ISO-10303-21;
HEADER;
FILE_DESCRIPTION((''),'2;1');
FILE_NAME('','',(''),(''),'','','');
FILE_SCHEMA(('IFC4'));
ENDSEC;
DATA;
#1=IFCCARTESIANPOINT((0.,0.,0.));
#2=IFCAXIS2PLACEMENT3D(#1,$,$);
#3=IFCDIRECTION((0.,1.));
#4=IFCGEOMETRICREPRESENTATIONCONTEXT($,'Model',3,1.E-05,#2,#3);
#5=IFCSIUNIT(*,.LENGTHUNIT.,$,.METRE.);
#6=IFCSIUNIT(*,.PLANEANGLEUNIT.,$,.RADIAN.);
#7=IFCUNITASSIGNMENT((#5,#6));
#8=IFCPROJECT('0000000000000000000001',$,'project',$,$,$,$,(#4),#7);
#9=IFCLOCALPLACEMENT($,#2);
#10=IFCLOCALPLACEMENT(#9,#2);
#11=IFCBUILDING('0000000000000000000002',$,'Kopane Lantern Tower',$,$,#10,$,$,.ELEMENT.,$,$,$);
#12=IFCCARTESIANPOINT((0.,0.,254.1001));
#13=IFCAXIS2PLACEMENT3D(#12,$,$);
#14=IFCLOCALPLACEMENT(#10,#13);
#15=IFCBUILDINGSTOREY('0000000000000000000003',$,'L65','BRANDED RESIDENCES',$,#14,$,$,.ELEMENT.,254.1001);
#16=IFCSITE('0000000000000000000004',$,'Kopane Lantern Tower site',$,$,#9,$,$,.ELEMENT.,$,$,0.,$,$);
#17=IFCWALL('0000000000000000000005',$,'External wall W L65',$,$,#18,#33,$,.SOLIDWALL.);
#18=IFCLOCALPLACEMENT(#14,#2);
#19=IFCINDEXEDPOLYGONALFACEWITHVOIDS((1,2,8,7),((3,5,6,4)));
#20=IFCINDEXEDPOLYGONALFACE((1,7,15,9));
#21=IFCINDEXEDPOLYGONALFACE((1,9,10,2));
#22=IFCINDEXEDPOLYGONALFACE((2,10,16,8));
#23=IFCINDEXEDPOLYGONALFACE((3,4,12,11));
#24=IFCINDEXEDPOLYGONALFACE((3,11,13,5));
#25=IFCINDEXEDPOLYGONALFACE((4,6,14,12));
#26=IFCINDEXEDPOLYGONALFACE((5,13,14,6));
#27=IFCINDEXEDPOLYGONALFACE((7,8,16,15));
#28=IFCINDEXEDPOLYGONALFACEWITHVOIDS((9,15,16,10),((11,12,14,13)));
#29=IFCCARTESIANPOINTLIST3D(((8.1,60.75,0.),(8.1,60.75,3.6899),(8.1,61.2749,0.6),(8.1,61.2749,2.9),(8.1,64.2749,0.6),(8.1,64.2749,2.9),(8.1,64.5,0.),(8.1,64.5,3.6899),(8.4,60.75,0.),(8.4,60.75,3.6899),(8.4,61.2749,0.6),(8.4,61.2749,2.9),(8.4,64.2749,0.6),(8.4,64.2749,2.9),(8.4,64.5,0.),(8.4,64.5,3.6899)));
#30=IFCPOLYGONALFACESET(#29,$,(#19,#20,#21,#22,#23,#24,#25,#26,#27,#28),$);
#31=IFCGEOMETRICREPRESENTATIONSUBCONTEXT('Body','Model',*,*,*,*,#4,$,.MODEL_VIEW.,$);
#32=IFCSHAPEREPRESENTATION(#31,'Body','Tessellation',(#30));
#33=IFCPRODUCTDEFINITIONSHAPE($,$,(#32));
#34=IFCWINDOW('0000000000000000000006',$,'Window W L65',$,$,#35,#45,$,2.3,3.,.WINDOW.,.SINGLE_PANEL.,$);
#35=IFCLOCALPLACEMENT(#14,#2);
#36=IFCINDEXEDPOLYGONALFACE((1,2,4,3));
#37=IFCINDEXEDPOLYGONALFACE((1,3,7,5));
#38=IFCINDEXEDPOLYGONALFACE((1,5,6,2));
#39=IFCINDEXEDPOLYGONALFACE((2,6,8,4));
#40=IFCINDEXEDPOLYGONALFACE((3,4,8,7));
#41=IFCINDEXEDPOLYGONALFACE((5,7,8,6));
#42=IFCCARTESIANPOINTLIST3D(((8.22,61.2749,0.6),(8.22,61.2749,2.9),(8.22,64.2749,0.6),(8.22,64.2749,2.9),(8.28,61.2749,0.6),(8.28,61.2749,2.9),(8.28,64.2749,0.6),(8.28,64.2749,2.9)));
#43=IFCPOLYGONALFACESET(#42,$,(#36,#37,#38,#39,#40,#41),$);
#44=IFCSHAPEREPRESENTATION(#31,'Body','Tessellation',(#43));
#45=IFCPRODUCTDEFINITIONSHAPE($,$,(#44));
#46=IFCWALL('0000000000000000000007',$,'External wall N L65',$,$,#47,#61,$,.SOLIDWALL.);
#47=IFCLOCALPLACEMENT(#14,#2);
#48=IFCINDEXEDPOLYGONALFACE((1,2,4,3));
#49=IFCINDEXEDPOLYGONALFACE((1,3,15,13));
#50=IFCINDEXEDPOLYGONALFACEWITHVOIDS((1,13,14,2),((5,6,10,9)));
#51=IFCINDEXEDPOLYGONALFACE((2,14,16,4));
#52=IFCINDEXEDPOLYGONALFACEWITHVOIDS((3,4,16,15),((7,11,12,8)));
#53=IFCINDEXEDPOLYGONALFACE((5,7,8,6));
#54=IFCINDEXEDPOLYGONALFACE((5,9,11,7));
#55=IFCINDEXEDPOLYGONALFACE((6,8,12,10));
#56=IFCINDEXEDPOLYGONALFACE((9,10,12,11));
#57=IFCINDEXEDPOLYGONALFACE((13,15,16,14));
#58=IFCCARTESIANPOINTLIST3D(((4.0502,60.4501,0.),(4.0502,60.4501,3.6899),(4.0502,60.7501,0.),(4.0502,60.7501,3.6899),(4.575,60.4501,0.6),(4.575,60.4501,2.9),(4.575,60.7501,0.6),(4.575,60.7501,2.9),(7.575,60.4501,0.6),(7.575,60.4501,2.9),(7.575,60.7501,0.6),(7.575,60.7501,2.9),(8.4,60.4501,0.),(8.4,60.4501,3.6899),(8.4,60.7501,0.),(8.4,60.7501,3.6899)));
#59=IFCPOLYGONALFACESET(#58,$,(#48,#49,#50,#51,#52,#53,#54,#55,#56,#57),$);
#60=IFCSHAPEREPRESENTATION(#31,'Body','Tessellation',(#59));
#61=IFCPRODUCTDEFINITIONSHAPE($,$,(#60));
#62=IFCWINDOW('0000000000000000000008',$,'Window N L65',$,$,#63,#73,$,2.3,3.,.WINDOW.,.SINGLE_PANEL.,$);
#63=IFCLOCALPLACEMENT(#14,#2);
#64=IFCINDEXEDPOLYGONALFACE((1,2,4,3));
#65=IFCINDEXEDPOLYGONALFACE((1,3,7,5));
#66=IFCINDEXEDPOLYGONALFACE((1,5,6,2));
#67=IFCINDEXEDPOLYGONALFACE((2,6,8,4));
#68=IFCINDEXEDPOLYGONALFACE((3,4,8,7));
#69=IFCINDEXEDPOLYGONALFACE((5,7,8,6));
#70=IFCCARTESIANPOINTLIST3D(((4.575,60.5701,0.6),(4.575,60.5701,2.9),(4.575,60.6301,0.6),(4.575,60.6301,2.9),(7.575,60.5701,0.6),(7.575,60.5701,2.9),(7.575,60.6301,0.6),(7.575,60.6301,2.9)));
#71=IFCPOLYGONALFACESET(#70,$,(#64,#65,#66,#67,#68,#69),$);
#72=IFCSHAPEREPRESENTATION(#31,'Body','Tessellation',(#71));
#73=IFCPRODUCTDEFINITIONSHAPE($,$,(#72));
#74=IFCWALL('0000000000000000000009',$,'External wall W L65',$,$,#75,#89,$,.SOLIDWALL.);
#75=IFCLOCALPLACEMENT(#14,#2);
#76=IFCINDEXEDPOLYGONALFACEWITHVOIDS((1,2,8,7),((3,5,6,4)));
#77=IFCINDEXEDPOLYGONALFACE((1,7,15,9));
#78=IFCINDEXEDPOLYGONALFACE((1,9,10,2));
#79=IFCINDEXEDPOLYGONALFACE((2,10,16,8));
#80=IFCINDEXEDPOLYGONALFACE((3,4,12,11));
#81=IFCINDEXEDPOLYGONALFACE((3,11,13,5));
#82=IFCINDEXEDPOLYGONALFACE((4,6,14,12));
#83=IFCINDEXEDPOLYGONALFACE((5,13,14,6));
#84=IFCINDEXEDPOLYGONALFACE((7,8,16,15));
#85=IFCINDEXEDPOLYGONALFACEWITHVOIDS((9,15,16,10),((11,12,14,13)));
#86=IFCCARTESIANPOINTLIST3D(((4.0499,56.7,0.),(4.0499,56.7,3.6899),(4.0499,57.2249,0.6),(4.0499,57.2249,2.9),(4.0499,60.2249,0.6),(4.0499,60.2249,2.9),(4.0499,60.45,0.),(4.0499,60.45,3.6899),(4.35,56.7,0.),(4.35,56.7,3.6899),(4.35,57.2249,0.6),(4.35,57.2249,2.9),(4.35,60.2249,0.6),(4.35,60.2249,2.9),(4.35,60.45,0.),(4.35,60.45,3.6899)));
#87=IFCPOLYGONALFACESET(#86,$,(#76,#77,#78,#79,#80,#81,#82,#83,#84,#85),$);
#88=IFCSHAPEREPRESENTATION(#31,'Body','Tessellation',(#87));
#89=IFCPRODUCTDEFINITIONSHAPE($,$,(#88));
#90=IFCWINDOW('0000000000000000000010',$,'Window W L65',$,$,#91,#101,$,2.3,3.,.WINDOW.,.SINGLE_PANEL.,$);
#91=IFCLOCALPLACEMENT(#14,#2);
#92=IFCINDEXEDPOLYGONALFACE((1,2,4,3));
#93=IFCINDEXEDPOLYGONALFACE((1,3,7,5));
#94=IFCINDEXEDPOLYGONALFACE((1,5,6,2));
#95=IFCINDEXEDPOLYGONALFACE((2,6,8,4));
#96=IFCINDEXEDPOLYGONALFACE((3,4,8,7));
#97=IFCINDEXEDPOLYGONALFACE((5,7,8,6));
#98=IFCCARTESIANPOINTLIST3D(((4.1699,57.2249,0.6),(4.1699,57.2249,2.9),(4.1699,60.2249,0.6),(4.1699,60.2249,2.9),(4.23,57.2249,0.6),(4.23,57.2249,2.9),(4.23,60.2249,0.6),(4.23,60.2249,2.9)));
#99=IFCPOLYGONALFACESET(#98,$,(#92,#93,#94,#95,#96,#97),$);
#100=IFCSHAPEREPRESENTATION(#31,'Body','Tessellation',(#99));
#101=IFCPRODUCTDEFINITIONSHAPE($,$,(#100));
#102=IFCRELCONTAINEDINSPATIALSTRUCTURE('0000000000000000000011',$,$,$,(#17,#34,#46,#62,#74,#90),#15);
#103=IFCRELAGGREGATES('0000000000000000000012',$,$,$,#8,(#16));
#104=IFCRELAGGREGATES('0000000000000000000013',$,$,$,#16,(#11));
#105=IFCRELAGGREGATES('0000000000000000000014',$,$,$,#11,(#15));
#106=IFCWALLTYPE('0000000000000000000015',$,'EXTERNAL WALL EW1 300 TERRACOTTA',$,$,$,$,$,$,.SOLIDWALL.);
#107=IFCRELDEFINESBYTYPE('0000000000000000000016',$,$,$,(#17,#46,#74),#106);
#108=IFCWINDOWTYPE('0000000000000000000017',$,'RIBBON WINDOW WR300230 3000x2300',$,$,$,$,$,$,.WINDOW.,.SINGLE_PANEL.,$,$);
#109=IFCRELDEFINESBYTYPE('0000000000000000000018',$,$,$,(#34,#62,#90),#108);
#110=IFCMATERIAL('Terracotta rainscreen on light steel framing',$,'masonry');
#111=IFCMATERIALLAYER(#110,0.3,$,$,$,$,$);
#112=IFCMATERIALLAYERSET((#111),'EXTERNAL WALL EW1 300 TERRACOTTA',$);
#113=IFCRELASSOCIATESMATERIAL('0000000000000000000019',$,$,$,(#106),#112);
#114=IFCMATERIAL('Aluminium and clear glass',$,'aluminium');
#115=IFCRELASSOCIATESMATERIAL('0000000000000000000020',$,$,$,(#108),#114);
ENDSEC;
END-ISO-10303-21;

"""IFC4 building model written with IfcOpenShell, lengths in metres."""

from ifc_helpers import new_model, si_unit, direction, frame, frame_2d, origin, place, context, subcontext, project, spatial, rectangle, extrude, material, layer, layer_set, type_object, element, fill, save


model = new_model("IFC4")

# Units and contexts
model_context = context("Model", 3, precision=1e-05, world=origin(), true_north=direction((0.0, 1.0)))
body_context = subcontext(model_context, "Body", "Model", "MODEL_VIEW")
ifc_project = project(units=[si_unit("LENGTHUNIT", "METRE"), si_unit("PLANEANGLEUNIT", "RADIAN")], contexts=[model_context])

# Site, building, storey
site_placement = place(None, origin())
site = spatial("IfcSite", under=ifc_project, at=site_placement, Name="Kopane Lantern Tower site", CompositionType="ELEMENT", RefElevation=0.0)
building_placement = place(site_placement, origin())
building = spatial("IfcBuilding", under=site, at=building_placement, Name="Kopane Lantern Tower", CompositionType="ELEMENT")
storey_placement = place(building_placement, frame((0.0, 0.0, 254.1001)))
storey = spatial("IfcBuildingStorey", under=building, at=storey_placement, Name="L65", Description="BRANDED RESIDENCES", CompositionType="ELEMENT", Elevation=254.1001)

# Walls, openings, windows
ifc_material_1 = material(Name="Terracotta rainscreen on light steel framing", Category="masonry")
ifc_layer = layer(ifc_material_1, 0.3)
ifc_layer_set = layer_set([ifc_layer], Name="EXTERNAL WALL EW1 300 TERRACOTTA")
wall_type = type_object("IfcWallType", Name="EXTERNAL WALL EW1 300 TERRACOTTA", PredefinedType="SOLIDWALL", material=ifc_layer_set)
wall_1_placement = place(storey_placement, frame((8.25, 64.5, 0.0), z_axis=(0.0, 0.0, 1.0), x_axis=(0.0, -1.0, 0.0)))
wall_1 = element("IfcWall", 1, at=wall_1_placement, inside=storey, type_object=wall_type, Name="External wall W L65", PredefinedType="SOLIDWALL", context=body_context, shape_type="SweptSolid", body=[
    extrude(rectangle(XDim=3.75, YDim=0.3, at=frame_2d((1.875, 0.0))), origin(), (0.0, 0.0, 1.0), 3.6899),
])
opening_1_placement = place(wall_1_placement, frame((0.2251, 0.0, 0.6001)))
opening_1 = element("IfcOpeningElement", 2, at=opening_1_placement, cuts=wall_1, PredefinedType="OPENING", context=body_context, shape_type="SweptSolid", body=[
    extrude(rectangle(XDim=3.0, YDim=2.3, at=frame_2d((1.5, 1.1499))), frame((0.0, 0.1599, 0.0), z_axis=(0.0, -1.0, 0.0), x_axis=(1.0, 0.0, 0.0)), (0.0, 0.0, 1.0), 0.3201),
])
ifc_material_2 = material(Name="Aluminium and clear glass", Category="aluminium")
window_type = type_object("IfcWindowType", Name="RIBBON WINDOW WR300230 3000x2300", PartitioningType="SINGLE_PANEL", PredefinedType="WINDOW", material=ifc_material_2)
window_1_placement = place(opening_1_placement, origin())
window_1 = element("IfcWindow", 3, at=window_1_placement, inside=storey, type_object=window_type, Name="Window W L65", OverallHeight=2.3, OverallWidth=3.0, PartitioningType="SINGLE_PANEL", PredefinedType="WINDOW", context=body_context, shape_type="SweptSolid", body=[
    extrude(rectangle(XDim=3.0, YDim=2.3, at=frame_2d((1.5, 1.1499))), frame((0.0, 0.03, 0.0), z_axis=(0.0, -1.0, 0.0), x_axis=(1.0, 0.0, 0.0)), (0.0, 0.0, 1.0), 0.0601),
])
fill(opening_1, window_1)
wall_2_placement = place(storey_placement, frame((8.3999, 60.6001, 0.0), z_axis=(0.0, 0.0, 1.0), x_axis=(-1.0, 0.0, 0.0)))
wall_2 = element("IfcWall", 4, at=wall_2_placement, inside=storey, type_object=wall_type, Name="External wall N L65", PredefinedType="SOLIDWALL", context=body_context, shape_type="SweptSolid", body=[
    extrude(rectangle(XDim=4.3499, YDim=0.3, at=frame_2d((2.1748, 0.0))), origin(), (0.0, 0.0, 1.0), 3.6899),
])
opening_2_placement = place(wall_2_placement, frame((0.825, 0.0, 0.6001)))
opening_2 = element("IfcOpeningElement", 5, at=opening_2_placement, cuts=wall_2, PredefinedType="OPENING", context=body_context, shape_type="SweptSolid", body=[
    extrude(rectangle(XDim=3.0, YDim=2.3, at=frame_2d((1.5, 1.1499))), frame((0.0, 0.1599, 0.0), z_axis=(0.0, -1.0, 0.0), x_axis=(1.0, 0.0, 0.0)), (0.0, 0.0, 1.0), 0.3201),
])
window_2_placement = place(opening_2_placement, origin())
window_2 = element("IfcWindow", 6, at=window_2_placement, inside=storey, type_object=window_type, Name="Window N L65", OverallHeight=2.3, OverallWidth=3.0, PartitioningType="SINGLE_PANEL", PredefinedType="WINDOW", context=body_context, shape_type="SweptSolid", body=[
    extrude(rectangle(XDim=3.0, YDim=2.3, at=frame_2d((1.5, 1.1499))), frame((0.0, 0.03, 0.0), z_axis=(0.0, -1.0, 0.0), x_axis=(1.0, 0.0, 0.0)), (0.0, 0.0, 1.0), 0.0601),
])
fill(opening_2, window_2)
wall_3_placement = place(storey_placement, frame((4.2, 60.45, 0.0), z_axis=(0.0, 0.0, 1.0), x_axis=(0.0, -1.0, 0.0)))
wall_3 = element("IfcWall", 7, at=wall_3_placement, inside=storey, type_object=wall_type, Name="External wall W L65", PredefinedType="SOLIDWALL", context=body_context, shape_type="SweptSolid", body=[
    extrude(rectangle(XDim=3.75, YDim=0.3, at=frame_2d((1.875, 0.0))), origin(), (0.0, 0.0, 1.0), 3.6899),
])
opening_3_placement = place(wall_3_placement, frame((0.2251, 0.0, 0.6001)))
opening_3 = element("IfcOpeningElement", 8, at=opening_3_placement, cuts=wall_3, PredefinedType="OPENING", context=body_context, shape_type="SweptSolid", body=[
    extrude(rectangle(XDim=3.0, YDim=2.3, at=frame_2d((1.5, 1.1499))), frame((0.0, 0.1599, 0.0), z_axis=(0.0, -1.0, 0.0), x_axis=(1.0, 0.0, 0.0)), (0.0, 0.0, 1.0), 0.3201),
])
window_3_placement = place(opening_3_placement, origin())
window_3 = element("IfcWindow", 9, at=window_3_placement, inside=storey, type_object=window_type, Name="Window W L65", OverallHeight=2.3, OverallWidth=3.0, PartitioningType="SINGLE_PANEL", PredefinedType="WINDOW", context=body_context, shape_type="SweptSolid", body=[
    extrude(rectangle(XDim=3.0, YDim=2.3, at=frame_2d((1.5, 1.1499))), frame((0.0, 0.03, 0.0), z_axis=(0.0, -1.0, 0.0), x_axis=(1.0, 0.0, 0.0)), (0.0, 0.0, 1.0), 0.0601),
])
fill(opening_3, window_3)

save(model, "model.ifc")
